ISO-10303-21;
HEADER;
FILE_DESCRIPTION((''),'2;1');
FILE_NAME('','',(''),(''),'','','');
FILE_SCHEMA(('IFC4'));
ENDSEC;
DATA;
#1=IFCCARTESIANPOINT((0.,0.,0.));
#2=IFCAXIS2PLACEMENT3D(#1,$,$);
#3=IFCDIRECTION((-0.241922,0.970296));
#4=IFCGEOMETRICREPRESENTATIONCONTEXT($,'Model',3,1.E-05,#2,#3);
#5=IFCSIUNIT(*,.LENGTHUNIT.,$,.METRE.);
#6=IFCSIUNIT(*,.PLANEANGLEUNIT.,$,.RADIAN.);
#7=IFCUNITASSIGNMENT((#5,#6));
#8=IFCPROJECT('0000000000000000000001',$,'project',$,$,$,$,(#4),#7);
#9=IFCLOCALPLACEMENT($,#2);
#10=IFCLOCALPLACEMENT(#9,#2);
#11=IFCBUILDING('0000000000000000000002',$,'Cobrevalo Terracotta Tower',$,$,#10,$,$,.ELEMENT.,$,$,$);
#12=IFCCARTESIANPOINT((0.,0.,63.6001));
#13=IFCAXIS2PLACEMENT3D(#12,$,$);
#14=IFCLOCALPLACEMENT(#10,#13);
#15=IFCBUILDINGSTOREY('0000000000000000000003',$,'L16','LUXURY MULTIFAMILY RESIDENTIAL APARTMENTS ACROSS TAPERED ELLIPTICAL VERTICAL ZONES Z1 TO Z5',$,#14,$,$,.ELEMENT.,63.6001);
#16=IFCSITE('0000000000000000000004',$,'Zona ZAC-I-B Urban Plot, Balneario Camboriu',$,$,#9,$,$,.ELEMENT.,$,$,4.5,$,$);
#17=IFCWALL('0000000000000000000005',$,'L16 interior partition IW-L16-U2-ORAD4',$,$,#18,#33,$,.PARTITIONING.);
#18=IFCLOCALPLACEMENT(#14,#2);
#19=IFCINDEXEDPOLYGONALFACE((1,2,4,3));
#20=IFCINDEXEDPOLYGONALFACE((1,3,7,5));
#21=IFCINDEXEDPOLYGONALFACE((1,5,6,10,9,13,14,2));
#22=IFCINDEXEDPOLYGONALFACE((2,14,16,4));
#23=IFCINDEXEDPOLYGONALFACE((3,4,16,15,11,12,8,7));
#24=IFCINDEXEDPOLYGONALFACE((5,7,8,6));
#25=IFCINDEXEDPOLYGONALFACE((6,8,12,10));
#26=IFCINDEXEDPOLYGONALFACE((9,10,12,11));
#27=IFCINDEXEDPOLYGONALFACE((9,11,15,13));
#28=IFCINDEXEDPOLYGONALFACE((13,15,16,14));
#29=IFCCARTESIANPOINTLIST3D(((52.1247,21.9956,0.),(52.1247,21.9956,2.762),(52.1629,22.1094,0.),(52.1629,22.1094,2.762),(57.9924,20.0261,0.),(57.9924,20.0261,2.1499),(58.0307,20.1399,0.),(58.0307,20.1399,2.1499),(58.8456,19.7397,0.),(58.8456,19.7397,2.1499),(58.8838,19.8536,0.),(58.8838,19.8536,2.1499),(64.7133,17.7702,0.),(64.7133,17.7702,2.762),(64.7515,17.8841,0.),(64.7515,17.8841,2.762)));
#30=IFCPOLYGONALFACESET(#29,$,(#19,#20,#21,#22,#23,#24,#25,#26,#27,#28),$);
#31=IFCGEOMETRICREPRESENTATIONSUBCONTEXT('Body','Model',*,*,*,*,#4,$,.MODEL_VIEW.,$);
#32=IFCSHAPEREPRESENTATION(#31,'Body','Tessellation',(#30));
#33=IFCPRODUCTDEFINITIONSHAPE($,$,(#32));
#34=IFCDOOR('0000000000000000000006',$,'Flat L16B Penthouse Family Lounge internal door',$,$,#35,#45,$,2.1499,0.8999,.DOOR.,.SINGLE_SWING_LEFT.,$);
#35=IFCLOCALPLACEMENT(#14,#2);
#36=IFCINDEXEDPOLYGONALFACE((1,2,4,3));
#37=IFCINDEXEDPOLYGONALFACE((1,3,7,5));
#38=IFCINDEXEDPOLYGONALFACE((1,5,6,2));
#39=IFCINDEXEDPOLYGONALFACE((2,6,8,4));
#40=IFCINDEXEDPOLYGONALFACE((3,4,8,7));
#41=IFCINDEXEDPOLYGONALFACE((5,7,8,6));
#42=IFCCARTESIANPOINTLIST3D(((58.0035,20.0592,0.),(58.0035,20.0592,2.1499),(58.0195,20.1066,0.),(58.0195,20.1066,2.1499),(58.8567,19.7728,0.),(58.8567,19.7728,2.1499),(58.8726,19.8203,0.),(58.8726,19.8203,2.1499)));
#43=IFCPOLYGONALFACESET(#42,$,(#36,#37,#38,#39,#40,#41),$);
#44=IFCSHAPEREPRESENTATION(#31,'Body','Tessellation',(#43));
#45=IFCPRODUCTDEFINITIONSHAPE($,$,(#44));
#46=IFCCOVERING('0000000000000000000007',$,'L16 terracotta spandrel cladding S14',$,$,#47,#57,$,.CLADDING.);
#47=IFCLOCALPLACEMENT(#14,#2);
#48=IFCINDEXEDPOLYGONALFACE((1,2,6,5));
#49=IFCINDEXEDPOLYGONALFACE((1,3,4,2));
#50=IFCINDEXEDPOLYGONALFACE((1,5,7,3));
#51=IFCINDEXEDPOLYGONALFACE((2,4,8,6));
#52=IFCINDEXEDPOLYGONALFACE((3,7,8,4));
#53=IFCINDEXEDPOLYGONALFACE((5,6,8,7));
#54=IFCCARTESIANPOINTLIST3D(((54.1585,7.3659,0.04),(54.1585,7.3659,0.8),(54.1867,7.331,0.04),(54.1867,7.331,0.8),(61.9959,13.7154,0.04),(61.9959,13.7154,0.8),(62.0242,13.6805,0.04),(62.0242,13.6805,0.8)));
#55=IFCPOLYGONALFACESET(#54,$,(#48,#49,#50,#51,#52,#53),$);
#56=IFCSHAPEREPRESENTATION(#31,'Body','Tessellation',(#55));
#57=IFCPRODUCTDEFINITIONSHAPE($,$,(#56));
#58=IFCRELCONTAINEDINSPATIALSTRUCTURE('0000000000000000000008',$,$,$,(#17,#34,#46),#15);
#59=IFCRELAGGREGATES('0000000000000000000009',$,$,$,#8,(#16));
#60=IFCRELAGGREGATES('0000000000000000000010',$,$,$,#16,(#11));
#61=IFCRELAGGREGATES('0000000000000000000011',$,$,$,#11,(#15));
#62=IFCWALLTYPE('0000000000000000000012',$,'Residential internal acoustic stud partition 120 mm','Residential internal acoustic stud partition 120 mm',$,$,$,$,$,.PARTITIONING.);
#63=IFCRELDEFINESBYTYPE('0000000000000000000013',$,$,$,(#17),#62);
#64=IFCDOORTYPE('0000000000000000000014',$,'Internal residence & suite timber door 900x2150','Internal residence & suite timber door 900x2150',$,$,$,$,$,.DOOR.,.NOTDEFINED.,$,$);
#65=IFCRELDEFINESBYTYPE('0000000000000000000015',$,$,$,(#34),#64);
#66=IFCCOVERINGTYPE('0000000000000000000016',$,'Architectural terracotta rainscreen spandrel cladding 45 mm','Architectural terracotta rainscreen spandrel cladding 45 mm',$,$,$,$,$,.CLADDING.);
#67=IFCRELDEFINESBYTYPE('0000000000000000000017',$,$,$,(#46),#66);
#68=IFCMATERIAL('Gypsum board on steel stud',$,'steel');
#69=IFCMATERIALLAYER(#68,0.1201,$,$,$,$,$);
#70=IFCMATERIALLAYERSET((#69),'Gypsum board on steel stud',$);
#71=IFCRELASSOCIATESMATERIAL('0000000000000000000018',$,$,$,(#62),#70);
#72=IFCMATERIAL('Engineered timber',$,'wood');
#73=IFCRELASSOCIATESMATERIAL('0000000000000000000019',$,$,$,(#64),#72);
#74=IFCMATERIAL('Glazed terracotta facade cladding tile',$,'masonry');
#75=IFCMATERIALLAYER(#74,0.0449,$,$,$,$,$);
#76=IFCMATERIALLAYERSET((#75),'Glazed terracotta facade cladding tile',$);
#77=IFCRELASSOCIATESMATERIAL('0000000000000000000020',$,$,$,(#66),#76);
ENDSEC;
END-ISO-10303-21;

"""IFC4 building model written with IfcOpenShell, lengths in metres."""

from ifc_helpers import new_model, si_unit, direction, frame, frame_2d, origin, origin_2d, place, context, subcontext, project, spatial, rectangle, extrude, source, transform, mapped, material, layer, layer_set, type_object, element, fill, save


model = new_model("IFC4")

# Units and contexts
model_context = context("Model", 3, precision=1e-05, world=origin(), true_north=direction((-0.241922, 0.970296)))
body_context = subcontext(model_context, "Body", "Model", "MODEL_VIEW")
ifc_project = project(units=[si_unit("LENGTHUNIT", "METRE"), si_unit("PLANEANGLEUNIT", "RADIAN")], contexts=[model_context])

# Site, building, storey
site_placement = place(None, origin())
site = spatial("IfcSite", under=ifc_project, at=site_placement, Name="Zona ZAC-I-B Urban Plot, Balneario Camboriu", CompositionType="ELEMENT", RefElevation=4.5)
building_placement = place(site_placement, origin())
building = spatial("IfcBuilding", under=site, at=building_placement, Name="Cobrevalo Terracotta Tower", CompositionType="ELEMENT")
storey_placement = place(building_placement, frame((0.0, 0.0, 63.6001)))
storey = spatial("IfcBuildingStorey", under=building, at=storey_placement, Name="L16", Description="LUXURY MULTIFAMILY RESIDENTIAL APARTMENTS ACROSS TAPERED ELLIPTICAL VERTICAL ZONES Z1 TO Z5", CompositionType="ELEMENT", Elevation=63.6001)

# Shared definitions
ifc_material_1 = material(Name="Gypsum board on steel stud", Category="steel")

# Wall, opening, door
ifc_layer_1 = layer(ifc_material_1, 0.1201)
ifc_layer_set_1 = layer_set([ifc_layer_1], Name="Gypsum board on steel stud")
wall_type_1 = type_object("IfcWallType", Name="Residential internal acoustic stud partition 120 mm", Description="Residential internal acoustic stud partition 120 mm", PredefinedType="PARTITIONING", material=ifc_layer_set_1)
ifc_material_2 = material(Name="Engineered timber", Category="wood")
door_type_1 = type_object("IfcDoorType", Name="Internal residence & suite timber door 900x2150", Description="Internal residence & suite timber door 900x2150", OperationType="NOTDEFINED", PredefinedType="DOOR", material=ifc_material_2)
shared_shape_1 = source(origin(), body_context, "Body", "SweptSolid", [
    extrude(rectangle(XDim=0.8999, YDim=2.1499, at=frame_2d((0.45, 1.075))), frame((0.0, 0.0249, 0.0), z_axis=(0.0, -1.0, 0.0), x_axis=(1.0, 0.0, 0.0)), (0.0, 0.0, 1.0), 0.05),
])
wall_1_placement = place(storey_placement, frame((52.1438, 22.0525, 0.0), z_axis=(0.0, 0.0, 1.0), x_axis=(0.948023, -0.318202, 0.0)))
wall_1 = element("IfcWall", 1, at=wall_1_placement, inside=storey, type_object=wall_type_1, Name="L16 interior partition IW-L16-U2-ORAD4", PredefinedType="PARTITIONING", context=body_context, shape_type="SweptSolid", body=[
    extrude(rectangle(XDim=13.2788, YDim=0.1201, at=frame_2d((6.6394, 0.0))), origin(), (0.0, 0.0, 1.0), 2.762),
])
opening_1_placement = place(wall_1_placement, frame((6.1895, 0.0, 0.0)))
opening_1 = element("IfcOpeningElement", 2, at=opening_1_placement, cuts=wall_1, PredefinedType="OPENING", context=body_context, shape_type="SweptSolid", body=[
    extrude(rectangle(XDim=0.8999, YDim=2.1499, at=frame_2d((0.45, 1.075))), frame((0.0, 0.0701, 0.0), z_axis=(0.0, -1.0, 0.0), x_axis=(1.0, 0.0, 0.0)), (0.0, 0.0, 1.0), 0.1401),
])
door_1_placement = place(opening_1_placement, origin())
door_1 = element("IfcDoor", 3, at=door_1_placement, inside=storey, type_object=door_type_1, Name="Flat L16B Penthouse Family Lounge internal door", OperationType="SINGLE_SWING_LEFT", OverallHeight=2.1499, OverallWidth=0.8999, PredefinedType="DOOR", context=body_context, shape_type="MappedRepresentation", body=[
    mapped(shared_shape_1, transform((0.0, 0.0, 0.0), scale=1.0)),
])
fill(opening_1, door_1)

# Covering
ifc_material_3 = material(Name="Glazed terracotta facade cladding tile", Category="masonry")
ifc_layer_2 = layer(ifc_material_3, 0.0449)
ifc_layer_set_2 = layer_set([ifc_layer_2], Name="Glazed terracotta facade cladding tile")
covering_type = type_object("IfcCoveringType", Name="Architectural terracotta rainscreen spandrel cladding 45 mm", Description="Architectural terracotta rainscreen spandrel cladding 45 mm", PredefinedType="CLADDING", material=ifc_layer_set_2)
shared_shape_2 = source(origin(), body_context, "Body", "SweptSolid", [
    extrude(rectangle(XDim=10.0867, YDim=0.0449, at=origin_2d()), origin(), (0.0, 0.0, 1.0), 0.76),
])
covering_placement = place(storey_placement, frame((58.0913, 10.5232, 0.04), z_axis=(0.0, 0.0, 1.0), x_axis=(0.777008, 0.629491, 0.0)))
element("IfcCovering", 4, at=covering_placement, inside=storey, type_object=covering_type, Name="L16 terracotta spandrel cladding S14", PredefinedType="CLADDING", context=body_context, shape_type="MappedRepresentation", body=[
    mapped(shared_shape_2, transform((0.0, 0.0, 0.0), scale=1.0)),
])

save(model, "model.ifc")
